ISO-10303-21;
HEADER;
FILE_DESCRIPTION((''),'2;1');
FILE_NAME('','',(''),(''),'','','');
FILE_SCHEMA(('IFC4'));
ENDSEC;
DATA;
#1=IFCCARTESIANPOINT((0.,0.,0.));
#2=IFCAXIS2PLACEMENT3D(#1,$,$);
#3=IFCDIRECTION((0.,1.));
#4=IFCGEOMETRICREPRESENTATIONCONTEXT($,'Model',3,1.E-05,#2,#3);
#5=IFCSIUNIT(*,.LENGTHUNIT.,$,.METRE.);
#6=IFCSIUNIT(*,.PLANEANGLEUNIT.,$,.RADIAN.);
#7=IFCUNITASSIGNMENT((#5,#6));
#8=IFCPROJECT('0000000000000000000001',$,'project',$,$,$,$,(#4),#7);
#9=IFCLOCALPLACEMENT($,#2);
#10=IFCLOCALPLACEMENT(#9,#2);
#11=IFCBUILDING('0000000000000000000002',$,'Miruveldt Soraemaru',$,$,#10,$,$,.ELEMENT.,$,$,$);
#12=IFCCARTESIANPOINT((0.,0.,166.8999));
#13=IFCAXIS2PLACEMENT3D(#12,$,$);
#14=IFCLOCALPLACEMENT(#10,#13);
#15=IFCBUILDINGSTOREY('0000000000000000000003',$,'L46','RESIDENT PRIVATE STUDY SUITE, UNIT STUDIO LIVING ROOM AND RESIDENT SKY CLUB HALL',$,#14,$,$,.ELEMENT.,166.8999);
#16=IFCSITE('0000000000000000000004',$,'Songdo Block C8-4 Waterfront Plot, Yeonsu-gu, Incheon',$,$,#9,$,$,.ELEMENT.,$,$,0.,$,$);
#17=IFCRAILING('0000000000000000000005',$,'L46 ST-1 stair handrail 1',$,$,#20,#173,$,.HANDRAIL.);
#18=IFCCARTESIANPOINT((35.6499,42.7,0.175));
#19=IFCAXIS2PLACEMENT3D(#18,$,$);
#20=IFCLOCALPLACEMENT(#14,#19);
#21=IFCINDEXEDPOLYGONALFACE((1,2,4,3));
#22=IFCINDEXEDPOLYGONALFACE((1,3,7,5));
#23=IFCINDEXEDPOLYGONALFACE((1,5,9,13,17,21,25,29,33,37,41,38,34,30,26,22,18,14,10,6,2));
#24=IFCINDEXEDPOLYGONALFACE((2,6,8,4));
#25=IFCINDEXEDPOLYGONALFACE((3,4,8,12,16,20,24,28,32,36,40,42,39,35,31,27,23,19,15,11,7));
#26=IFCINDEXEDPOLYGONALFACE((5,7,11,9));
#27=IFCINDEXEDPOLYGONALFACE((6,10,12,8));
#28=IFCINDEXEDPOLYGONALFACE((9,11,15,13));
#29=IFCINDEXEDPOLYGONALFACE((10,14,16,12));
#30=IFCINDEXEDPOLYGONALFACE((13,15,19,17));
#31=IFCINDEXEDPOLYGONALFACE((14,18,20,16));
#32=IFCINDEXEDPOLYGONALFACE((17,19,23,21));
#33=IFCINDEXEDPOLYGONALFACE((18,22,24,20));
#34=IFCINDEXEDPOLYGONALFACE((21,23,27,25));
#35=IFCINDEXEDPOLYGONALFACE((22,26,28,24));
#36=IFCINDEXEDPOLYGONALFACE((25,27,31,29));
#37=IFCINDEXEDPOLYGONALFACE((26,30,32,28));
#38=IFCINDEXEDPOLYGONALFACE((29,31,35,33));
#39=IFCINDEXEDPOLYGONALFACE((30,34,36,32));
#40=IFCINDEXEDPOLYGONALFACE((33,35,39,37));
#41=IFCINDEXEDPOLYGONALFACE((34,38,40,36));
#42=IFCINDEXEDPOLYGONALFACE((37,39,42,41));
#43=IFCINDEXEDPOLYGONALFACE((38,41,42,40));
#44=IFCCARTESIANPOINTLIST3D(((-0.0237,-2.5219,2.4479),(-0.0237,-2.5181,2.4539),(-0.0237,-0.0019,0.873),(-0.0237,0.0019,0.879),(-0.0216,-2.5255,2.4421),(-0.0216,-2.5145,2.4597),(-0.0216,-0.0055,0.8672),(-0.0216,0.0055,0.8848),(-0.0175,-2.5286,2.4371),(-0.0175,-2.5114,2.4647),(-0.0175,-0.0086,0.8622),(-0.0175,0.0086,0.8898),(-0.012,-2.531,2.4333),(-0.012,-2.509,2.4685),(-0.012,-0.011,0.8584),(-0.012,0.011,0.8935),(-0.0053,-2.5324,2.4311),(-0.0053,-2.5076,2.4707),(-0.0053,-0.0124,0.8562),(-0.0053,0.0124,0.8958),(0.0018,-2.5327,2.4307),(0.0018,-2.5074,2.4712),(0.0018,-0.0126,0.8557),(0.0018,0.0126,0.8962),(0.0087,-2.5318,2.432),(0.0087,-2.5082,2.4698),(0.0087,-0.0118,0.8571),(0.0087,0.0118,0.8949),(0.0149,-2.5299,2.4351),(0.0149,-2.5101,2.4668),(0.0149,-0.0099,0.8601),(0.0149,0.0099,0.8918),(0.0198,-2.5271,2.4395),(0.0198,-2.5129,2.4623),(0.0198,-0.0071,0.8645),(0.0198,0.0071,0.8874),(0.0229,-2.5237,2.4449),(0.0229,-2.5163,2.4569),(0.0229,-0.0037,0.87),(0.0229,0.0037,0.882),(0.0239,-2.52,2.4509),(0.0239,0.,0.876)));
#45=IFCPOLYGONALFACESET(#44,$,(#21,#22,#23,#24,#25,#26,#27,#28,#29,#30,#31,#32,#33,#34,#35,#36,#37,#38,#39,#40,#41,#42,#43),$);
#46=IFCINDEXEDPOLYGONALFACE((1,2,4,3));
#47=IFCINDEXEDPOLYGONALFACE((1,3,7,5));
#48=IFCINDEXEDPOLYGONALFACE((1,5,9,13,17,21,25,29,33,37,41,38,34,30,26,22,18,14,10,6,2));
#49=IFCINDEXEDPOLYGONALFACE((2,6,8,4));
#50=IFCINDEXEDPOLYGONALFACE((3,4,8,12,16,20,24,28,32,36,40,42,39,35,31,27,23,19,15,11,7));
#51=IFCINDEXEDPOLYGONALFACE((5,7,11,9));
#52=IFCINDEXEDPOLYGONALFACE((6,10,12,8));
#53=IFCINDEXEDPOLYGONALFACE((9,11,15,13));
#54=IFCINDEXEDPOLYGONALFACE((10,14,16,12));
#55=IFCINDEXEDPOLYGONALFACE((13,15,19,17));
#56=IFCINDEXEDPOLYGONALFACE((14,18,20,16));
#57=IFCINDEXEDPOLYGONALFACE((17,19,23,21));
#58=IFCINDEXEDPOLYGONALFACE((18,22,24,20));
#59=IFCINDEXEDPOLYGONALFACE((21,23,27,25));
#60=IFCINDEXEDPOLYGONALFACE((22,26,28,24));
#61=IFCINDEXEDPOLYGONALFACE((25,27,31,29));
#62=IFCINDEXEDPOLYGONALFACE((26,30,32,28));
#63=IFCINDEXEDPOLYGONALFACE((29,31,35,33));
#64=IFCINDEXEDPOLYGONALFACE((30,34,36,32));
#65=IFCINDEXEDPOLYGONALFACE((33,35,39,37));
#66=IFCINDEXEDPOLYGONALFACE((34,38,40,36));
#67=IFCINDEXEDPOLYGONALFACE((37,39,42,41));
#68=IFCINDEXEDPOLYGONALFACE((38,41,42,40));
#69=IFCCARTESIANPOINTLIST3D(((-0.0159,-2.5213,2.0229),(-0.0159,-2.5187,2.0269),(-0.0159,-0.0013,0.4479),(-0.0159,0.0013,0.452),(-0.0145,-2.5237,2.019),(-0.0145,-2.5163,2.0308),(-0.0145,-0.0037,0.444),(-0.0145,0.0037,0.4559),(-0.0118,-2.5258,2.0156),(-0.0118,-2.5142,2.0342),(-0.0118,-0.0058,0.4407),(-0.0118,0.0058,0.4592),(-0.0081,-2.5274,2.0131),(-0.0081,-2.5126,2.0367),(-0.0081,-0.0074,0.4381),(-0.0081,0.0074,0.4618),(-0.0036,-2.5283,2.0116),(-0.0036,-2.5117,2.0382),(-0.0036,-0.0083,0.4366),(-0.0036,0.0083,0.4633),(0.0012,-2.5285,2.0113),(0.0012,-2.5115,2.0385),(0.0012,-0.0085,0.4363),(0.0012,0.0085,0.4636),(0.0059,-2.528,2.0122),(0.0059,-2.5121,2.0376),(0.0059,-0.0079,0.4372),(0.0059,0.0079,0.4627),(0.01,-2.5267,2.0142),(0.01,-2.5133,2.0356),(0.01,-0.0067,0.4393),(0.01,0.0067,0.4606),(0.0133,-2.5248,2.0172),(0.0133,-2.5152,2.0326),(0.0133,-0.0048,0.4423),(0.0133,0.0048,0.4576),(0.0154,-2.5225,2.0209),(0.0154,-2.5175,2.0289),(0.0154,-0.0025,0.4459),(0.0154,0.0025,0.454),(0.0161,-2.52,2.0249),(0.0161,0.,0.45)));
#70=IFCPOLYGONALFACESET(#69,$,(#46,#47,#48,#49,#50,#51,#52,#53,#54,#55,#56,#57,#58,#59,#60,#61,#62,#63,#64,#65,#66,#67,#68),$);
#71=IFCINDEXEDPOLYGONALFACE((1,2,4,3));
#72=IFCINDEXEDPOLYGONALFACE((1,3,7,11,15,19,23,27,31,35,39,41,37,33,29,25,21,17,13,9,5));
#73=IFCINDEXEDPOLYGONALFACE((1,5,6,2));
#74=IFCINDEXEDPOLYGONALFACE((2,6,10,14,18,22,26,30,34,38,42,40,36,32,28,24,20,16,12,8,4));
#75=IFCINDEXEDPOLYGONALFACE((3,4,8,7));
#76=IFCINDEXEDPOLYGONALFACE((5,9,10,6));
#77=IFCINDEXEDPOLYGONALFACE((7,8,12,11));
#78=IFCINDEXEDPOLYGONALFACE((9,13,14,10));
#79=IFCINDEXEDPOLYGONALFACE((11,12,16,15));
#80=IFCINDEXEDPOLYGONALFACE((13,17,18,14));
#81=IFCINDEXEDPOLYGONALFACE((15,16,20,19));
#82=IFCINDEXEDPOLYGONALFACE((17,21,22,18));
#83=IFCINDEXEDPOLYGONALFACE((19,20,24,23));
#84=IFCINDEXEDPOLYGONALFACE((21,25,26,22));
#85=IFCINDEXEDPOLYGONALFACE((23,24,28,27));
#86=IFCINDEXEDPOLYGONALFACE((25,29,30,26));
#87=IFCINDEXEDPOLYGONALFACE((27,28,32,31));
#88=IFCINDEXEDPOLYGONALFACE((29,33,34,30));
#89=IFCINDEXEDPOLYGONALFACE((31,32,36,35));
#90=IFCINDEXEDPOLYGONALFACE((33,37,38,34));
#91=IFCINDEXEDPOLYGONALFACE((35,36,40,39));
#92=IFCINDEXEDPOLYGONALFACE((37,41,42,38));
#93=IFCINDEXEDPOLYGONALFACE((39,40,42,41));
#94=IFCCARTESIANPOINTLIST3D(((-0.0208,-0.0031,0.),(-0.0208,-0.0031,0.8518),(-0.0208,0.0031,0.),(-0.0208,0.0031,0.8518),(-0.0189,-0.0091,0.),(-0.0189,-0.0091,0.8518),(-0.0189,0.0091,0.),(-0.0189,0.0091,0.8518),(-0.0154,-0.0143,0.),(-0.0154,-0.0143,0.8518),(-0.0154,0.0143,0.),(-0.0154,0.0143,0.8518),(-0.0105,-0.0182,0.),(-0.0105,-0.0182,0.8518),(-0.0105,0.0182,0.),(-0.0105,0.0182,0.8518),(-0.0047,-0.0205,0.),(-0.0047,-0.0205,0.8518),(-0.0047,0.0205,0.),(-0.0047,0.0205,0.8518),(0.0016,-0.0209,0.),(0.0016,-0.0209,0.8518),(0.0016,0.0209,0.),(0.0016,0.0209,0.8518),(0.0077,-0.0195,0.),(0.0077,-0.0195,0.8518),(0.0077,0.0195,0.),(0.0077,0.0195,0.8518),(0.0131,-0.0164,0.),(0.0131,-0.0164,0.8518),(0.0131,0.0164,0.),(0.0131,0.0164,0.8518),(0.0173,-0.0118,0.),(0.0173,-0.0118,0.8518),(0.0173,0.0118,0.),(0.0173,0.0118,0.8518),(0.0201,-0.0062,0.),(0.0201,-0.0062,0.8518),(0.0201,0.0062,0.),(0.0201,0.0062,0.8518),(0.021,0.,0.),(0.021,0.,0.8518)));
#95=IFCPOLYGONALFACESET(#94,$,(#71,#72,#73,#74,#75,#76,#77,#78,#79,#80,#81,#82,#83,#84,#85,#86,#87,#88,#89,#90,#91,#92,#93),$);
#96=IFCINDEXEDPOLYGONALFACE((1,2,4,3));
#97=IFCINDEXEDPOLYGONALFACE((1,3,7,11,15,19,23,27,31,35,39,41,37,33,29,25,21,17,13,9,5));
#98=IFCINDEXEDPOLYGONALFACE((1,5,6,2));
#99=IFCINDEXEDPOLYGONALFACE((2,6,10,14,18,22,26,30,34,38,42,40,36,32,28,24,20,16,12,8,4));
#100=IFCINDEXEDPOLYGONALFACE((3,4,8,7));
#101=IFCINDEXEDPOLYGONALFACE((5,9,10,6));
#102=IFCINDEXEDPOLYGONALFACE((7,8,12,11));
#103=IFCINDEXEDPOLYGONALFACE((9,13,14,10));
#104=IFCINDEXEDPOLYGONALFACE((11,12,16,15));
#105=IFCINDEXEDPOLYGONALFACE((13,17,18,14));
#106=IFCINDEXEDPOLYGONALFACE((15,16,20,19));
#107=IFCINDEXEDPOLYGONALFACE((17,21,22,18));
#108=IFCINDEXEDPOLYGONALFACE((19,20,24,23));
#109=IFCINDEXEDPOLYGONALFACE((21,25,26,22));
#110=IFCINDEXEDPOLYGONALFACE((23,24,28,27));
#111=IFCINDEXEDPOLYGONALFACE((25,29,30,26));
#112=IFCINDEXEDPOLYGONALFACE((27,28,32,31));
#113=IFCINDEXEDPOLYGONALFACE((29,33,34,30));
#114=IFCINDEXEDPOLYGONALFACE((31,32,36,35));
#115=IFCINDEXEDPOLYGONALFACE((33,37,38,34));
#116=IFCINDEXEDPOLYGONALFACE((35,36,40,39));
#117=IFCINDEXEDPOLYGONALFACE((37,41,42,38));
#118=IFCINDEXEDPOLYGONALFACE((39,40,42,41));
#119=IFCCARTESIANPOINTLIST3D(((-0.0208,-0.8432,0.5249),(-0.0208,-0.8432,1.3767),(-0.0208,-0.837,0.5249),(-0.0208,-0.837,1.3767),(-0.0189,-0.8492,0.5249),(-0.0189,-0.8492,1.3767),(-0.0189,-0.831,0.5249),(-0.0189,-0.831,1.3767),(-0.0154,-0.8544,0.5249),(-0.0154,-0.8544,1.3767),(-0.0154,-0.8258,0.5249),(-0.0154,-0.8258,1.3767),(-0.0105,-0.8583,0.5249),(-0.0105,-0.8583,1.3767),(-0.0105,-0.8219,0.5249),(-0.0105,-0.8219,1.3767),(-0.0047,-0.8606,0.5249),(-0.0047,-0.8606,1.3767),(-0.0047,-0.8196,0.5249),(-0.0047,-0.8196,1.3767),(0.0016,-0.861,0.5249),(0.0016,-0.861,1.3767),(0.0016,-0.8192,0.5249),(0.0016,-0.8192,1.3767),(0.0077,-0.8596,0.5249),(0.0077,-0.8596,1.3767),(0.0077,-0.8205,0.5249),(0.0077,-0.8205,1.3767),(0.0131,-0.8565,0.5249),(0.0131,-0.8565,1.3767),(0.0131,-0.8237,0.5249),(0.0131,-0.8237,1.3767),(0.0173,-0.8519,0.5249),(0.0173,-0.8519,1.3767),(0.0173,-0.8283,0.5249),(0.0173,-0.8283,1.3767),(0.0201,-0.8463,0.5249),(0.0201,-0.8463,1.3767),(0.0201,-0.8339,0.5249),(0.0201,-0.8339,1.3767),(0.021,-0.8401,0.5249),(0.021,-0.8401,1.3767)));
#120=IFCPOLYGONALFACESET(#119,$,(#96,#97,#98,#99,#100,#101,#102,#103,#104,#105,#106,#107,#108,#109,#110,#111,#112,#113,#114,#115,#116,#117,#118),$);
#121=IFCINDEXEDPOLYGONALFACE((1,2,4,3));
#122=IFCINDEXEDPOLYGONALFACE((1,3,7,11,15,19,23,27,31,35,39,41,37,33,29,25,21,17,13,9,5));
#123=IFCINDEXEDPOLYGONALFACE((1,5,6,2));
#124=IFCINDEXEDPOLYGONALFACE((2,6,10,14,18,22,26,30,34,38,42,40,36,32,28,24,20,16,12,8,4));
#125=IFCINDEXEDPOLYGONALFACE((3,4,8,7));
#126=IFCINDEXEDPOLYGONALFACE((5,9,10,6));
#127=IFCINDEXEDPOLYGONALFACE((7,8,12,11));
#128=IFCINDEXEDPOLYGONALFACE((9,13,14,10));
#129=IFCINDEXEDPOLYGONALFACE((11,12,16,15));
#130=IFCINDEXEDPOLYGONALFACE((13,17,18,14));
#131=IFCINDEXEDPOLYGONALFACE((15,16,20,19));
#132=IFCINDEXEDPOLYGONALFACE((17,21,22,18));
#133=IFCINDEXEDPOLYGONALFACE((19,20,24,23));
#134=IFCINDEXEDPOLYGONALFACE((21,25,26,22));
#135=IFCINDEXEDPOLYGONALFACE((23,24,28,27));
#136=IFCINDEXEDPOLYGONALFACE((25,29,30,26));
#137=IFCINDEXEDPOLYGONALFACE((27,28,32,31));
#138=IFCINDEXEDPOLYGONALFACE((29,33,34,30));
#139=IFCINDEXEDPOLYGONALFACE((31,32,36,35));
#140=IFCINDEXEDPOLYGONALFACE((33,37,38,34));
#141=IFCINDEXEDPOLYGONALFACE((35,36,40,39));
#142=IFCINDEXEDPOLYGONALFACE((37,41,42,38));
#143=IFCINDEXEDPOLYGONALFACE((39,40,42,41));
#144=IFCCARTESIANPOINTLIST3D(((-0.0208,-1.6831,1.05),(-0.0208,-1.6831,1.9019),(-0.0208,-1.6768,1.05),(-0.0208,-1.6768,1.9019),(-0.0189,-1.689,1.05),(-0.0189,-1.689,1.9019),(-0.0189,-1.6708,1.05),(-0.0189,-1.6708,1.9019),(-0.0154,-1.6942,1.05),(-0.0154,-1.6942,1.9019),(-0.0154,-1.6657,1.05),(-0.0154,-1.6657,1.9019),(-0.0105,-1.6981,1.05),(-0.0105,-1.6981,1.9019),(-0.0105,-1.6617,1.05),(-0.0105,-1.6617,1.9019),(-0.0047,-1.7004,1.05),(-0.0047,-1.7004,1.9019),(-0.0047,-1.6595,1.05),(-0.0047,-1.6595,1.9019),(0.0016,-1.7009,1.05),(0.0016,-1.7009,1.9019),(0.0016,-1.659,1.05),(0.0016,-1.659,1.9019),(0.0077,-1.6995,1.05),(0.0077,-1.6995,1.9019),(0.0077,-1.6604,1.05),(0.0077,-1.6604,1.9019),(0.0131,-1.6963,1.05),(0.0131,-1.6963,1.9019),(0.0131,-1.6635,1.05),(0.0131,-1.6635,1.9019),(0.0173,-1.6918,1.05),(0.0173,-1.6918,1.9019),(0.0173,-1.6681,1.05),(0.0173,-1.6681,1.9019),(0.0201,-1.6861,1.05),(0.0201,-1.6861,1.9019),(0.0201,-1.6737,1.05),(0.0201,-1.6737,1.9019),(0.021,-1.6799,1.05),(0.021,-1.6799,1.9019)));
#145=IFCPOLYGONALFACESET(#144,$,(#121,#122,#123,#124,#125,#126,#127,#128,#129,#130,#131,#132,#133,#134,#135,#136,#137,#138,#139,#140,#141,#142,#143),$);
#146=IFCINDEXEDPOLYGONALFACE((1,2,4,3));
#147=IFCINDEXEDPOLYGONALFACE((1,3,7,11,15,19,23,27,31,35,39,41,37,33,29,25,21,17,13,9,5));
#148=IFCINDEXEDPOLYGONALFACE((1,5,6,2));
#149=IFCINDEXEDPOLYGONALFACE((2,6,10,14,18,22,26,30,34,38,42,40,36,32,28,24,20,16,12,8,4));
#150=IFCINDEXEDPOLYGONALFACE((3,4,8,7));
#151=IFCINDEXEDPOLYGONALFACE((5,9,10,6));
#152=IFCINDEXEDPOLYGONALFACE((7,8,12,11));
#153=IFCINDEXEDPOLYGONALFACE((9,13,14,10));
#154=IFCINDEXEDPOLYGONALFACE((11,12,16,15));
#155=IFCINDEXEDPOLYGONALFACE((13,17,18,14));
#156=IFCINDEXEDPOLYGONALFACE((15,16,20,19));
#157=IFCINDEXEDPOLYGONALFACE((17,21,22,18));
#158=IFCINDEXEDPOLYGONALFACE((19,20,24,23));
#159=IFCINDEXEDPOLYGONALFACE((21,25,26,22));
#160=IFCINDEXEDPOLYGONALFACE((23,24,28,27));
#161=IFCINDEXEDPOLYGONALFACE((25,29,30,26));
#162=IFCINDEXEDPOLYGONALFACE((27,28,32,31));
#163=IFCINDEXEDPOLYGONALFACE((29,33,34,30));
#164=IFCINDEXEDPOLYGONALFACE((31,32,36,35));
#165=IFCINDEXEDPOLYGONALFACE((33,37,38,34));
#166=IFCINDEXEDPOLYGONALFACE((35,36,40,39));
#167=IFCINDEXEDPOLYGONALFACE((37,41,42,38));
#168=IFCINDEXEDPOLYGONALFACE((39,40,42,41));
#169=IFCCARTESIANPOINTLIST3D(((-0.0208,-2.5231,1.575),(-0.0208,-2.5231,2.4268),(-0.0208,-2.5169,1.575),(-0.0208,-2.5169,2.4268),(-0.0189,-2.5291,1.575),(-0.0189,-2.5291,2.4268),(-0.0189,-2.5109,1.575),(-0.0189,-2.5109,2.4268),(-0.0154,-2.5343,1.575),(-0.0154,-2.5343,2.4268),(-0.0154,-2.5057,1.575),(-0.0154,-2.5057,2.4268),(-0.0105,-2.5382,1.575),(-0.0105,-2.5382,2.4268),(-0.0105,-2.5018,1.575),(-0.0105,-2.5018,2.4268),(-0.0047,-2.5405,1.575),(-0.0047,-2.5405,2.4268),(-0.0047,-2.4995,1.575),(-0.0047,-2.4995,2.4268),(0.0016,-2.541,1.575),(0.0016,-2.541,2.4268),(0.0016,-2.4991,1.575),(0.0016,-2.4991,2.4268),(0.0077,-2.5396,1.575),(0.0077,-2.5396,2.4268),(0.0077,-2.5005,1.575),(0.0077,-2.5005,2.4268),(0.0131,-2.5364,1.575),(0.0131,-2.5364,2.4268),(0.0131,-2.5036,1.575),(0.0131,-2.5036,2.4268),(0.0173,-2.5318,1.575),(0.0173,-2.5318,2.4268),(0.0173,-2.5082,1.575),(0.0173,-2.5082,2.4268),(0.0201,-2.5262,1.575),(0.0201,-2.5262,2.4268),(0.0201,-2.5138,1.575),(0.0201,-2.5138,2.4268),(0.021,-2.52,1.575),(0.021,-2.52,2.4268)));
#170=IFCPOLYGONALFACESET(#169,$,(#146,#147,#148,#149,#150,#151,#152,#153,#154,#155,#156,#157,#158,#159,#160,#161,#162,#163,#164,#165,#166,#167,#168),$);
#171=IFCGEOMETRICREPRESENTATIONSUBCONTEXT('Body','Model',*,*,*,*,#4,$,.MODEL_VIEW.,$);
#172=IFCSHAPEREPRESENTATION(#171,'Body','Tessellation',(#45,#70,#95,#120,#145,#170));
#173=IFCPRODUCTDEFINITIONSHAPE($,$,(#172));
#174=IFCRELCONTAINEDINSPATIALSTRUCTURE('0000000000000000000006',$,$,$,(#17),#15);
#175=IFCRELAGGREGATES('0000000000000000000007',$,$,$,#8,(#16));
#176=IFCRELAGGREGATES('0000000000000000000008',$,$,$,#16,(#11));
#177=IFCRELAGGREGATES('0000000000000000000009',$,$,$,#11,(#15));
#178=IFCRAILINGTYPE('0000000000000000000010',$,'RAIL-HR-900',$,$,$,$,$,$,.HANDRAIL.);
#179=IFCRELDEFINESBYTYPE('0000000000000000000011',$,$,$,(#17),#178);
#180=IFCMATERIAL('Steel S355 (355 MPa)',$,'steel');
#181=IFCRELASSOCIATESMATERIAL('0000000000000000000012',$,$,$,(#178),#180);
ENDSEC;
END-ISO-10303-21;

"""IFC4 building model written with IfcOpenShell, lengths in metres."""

from ifc_helpers import new_model, si_unit, direction, frame, origin, origin_2d, place, context, subcontext, project, spatial, circle, extrude, material, type_object, element, save


model = new_model("IFC4")

# Units and contexts
model_context = context("Model", 3, precision=1e-05, world=origin(), true_north=direction((0.0, 1.0)))
body_context = subcontext(model_context, "Body", "Model", "MODEL_VIEW")
ifc_project = project(units=[si_unit("LENGTHUNIT", "METRE"), si_unit("PLANEANGLEUNIT", "RADIAN")], contexts=[model_context])

# Site, building, storey
site_placement = place(None, origin())
site = spatial("IfcSite", under=ifc_project, at=site_placement, Name="Songdo Block C8-4 Waterfront Plot, Yeonsu-gu, Incheon", CompositionType="ELEMENT", RefElevation=0.0)
building_placement = place(site_placement, origin())
building = spatial("IfcBuilding", under=site, at=building_placement, Name="Miruveldt Soraemaru", CompositionType="ELEMENT")
storey_placement = place(building_placement, frame((0.0, 0.0, 166.8999)))
storey = spatial("IfcBuildingStorey", under=building, at=storey_placement, Name="L46", Description="RESIDENT PRIVATE STUDY SUITE, UNIT STUDIO LIVING ROOM AND RESIDENT SKY CLUB HALL", CompositionType="ELEMENT", Elevation=166.8999)

# Railing
ifc_material_1 = material(Name="Steel S355 (355 MPa)", Category="steel")
railing_type_1 = type_object("IfcRailingType", Name="RAIL-HR-900", PredefinedType="HANDRAIL", material=ifc_material_1)
railing_1_placement = place(storey_placement, frame((35.6499, 42.7, 0.175)))
element("IfcRailing", 1, at=railing_1_placement, inside=storey, type_object=railing_type_1, Name="L46 ST-1 stair handrail 1", PredefinedType="HANDRAIL", context=body_context, shape_type="SweptSolid", body=[
    extrude(circle(Radius=0.0239, at=origin_2d()), frame((0.0, 0.0, 0.876), z_axis=(0.0, -0.848008, 0.529984), x_axis=(1.0, 0.0, 0.0)), (0.0, 0.0, 1.0), 2.9717),
    extrude(circle(Radius=0.0161, at=origin_2d()), frame((0.0, 0.0, 0.45), z_axis=(0.0, -0.848008, 0.529984), x_axis=(1.0, 0.0, 0.0)), (0.0, 0.0, 1.0), 2.9717),
    extrude(circle(Radius=0.021, at=origin_2d()), origin(), (0.0, 0.0, 1.0), 0.8518),
    extrude(circle(Radius=0.021, at=origin_2d()), frame((0.0, -0.8401, 0.5249)), (0.0, 0.0, 1.0), 0.8518),
    extrude(circle(Radius=0.021, at=origin_2d()), frame((0.0, -1.6799, 1.05)), (0.0, 0.0, 1.0), 0.8518),
    extrude(circle(Radius=0.021, at=origin_2d()), frame((0.0, -2.52, 1.575)), (0.0, 0.0, 1.0), 0.8518),
])

save(model, "model.ifc")
